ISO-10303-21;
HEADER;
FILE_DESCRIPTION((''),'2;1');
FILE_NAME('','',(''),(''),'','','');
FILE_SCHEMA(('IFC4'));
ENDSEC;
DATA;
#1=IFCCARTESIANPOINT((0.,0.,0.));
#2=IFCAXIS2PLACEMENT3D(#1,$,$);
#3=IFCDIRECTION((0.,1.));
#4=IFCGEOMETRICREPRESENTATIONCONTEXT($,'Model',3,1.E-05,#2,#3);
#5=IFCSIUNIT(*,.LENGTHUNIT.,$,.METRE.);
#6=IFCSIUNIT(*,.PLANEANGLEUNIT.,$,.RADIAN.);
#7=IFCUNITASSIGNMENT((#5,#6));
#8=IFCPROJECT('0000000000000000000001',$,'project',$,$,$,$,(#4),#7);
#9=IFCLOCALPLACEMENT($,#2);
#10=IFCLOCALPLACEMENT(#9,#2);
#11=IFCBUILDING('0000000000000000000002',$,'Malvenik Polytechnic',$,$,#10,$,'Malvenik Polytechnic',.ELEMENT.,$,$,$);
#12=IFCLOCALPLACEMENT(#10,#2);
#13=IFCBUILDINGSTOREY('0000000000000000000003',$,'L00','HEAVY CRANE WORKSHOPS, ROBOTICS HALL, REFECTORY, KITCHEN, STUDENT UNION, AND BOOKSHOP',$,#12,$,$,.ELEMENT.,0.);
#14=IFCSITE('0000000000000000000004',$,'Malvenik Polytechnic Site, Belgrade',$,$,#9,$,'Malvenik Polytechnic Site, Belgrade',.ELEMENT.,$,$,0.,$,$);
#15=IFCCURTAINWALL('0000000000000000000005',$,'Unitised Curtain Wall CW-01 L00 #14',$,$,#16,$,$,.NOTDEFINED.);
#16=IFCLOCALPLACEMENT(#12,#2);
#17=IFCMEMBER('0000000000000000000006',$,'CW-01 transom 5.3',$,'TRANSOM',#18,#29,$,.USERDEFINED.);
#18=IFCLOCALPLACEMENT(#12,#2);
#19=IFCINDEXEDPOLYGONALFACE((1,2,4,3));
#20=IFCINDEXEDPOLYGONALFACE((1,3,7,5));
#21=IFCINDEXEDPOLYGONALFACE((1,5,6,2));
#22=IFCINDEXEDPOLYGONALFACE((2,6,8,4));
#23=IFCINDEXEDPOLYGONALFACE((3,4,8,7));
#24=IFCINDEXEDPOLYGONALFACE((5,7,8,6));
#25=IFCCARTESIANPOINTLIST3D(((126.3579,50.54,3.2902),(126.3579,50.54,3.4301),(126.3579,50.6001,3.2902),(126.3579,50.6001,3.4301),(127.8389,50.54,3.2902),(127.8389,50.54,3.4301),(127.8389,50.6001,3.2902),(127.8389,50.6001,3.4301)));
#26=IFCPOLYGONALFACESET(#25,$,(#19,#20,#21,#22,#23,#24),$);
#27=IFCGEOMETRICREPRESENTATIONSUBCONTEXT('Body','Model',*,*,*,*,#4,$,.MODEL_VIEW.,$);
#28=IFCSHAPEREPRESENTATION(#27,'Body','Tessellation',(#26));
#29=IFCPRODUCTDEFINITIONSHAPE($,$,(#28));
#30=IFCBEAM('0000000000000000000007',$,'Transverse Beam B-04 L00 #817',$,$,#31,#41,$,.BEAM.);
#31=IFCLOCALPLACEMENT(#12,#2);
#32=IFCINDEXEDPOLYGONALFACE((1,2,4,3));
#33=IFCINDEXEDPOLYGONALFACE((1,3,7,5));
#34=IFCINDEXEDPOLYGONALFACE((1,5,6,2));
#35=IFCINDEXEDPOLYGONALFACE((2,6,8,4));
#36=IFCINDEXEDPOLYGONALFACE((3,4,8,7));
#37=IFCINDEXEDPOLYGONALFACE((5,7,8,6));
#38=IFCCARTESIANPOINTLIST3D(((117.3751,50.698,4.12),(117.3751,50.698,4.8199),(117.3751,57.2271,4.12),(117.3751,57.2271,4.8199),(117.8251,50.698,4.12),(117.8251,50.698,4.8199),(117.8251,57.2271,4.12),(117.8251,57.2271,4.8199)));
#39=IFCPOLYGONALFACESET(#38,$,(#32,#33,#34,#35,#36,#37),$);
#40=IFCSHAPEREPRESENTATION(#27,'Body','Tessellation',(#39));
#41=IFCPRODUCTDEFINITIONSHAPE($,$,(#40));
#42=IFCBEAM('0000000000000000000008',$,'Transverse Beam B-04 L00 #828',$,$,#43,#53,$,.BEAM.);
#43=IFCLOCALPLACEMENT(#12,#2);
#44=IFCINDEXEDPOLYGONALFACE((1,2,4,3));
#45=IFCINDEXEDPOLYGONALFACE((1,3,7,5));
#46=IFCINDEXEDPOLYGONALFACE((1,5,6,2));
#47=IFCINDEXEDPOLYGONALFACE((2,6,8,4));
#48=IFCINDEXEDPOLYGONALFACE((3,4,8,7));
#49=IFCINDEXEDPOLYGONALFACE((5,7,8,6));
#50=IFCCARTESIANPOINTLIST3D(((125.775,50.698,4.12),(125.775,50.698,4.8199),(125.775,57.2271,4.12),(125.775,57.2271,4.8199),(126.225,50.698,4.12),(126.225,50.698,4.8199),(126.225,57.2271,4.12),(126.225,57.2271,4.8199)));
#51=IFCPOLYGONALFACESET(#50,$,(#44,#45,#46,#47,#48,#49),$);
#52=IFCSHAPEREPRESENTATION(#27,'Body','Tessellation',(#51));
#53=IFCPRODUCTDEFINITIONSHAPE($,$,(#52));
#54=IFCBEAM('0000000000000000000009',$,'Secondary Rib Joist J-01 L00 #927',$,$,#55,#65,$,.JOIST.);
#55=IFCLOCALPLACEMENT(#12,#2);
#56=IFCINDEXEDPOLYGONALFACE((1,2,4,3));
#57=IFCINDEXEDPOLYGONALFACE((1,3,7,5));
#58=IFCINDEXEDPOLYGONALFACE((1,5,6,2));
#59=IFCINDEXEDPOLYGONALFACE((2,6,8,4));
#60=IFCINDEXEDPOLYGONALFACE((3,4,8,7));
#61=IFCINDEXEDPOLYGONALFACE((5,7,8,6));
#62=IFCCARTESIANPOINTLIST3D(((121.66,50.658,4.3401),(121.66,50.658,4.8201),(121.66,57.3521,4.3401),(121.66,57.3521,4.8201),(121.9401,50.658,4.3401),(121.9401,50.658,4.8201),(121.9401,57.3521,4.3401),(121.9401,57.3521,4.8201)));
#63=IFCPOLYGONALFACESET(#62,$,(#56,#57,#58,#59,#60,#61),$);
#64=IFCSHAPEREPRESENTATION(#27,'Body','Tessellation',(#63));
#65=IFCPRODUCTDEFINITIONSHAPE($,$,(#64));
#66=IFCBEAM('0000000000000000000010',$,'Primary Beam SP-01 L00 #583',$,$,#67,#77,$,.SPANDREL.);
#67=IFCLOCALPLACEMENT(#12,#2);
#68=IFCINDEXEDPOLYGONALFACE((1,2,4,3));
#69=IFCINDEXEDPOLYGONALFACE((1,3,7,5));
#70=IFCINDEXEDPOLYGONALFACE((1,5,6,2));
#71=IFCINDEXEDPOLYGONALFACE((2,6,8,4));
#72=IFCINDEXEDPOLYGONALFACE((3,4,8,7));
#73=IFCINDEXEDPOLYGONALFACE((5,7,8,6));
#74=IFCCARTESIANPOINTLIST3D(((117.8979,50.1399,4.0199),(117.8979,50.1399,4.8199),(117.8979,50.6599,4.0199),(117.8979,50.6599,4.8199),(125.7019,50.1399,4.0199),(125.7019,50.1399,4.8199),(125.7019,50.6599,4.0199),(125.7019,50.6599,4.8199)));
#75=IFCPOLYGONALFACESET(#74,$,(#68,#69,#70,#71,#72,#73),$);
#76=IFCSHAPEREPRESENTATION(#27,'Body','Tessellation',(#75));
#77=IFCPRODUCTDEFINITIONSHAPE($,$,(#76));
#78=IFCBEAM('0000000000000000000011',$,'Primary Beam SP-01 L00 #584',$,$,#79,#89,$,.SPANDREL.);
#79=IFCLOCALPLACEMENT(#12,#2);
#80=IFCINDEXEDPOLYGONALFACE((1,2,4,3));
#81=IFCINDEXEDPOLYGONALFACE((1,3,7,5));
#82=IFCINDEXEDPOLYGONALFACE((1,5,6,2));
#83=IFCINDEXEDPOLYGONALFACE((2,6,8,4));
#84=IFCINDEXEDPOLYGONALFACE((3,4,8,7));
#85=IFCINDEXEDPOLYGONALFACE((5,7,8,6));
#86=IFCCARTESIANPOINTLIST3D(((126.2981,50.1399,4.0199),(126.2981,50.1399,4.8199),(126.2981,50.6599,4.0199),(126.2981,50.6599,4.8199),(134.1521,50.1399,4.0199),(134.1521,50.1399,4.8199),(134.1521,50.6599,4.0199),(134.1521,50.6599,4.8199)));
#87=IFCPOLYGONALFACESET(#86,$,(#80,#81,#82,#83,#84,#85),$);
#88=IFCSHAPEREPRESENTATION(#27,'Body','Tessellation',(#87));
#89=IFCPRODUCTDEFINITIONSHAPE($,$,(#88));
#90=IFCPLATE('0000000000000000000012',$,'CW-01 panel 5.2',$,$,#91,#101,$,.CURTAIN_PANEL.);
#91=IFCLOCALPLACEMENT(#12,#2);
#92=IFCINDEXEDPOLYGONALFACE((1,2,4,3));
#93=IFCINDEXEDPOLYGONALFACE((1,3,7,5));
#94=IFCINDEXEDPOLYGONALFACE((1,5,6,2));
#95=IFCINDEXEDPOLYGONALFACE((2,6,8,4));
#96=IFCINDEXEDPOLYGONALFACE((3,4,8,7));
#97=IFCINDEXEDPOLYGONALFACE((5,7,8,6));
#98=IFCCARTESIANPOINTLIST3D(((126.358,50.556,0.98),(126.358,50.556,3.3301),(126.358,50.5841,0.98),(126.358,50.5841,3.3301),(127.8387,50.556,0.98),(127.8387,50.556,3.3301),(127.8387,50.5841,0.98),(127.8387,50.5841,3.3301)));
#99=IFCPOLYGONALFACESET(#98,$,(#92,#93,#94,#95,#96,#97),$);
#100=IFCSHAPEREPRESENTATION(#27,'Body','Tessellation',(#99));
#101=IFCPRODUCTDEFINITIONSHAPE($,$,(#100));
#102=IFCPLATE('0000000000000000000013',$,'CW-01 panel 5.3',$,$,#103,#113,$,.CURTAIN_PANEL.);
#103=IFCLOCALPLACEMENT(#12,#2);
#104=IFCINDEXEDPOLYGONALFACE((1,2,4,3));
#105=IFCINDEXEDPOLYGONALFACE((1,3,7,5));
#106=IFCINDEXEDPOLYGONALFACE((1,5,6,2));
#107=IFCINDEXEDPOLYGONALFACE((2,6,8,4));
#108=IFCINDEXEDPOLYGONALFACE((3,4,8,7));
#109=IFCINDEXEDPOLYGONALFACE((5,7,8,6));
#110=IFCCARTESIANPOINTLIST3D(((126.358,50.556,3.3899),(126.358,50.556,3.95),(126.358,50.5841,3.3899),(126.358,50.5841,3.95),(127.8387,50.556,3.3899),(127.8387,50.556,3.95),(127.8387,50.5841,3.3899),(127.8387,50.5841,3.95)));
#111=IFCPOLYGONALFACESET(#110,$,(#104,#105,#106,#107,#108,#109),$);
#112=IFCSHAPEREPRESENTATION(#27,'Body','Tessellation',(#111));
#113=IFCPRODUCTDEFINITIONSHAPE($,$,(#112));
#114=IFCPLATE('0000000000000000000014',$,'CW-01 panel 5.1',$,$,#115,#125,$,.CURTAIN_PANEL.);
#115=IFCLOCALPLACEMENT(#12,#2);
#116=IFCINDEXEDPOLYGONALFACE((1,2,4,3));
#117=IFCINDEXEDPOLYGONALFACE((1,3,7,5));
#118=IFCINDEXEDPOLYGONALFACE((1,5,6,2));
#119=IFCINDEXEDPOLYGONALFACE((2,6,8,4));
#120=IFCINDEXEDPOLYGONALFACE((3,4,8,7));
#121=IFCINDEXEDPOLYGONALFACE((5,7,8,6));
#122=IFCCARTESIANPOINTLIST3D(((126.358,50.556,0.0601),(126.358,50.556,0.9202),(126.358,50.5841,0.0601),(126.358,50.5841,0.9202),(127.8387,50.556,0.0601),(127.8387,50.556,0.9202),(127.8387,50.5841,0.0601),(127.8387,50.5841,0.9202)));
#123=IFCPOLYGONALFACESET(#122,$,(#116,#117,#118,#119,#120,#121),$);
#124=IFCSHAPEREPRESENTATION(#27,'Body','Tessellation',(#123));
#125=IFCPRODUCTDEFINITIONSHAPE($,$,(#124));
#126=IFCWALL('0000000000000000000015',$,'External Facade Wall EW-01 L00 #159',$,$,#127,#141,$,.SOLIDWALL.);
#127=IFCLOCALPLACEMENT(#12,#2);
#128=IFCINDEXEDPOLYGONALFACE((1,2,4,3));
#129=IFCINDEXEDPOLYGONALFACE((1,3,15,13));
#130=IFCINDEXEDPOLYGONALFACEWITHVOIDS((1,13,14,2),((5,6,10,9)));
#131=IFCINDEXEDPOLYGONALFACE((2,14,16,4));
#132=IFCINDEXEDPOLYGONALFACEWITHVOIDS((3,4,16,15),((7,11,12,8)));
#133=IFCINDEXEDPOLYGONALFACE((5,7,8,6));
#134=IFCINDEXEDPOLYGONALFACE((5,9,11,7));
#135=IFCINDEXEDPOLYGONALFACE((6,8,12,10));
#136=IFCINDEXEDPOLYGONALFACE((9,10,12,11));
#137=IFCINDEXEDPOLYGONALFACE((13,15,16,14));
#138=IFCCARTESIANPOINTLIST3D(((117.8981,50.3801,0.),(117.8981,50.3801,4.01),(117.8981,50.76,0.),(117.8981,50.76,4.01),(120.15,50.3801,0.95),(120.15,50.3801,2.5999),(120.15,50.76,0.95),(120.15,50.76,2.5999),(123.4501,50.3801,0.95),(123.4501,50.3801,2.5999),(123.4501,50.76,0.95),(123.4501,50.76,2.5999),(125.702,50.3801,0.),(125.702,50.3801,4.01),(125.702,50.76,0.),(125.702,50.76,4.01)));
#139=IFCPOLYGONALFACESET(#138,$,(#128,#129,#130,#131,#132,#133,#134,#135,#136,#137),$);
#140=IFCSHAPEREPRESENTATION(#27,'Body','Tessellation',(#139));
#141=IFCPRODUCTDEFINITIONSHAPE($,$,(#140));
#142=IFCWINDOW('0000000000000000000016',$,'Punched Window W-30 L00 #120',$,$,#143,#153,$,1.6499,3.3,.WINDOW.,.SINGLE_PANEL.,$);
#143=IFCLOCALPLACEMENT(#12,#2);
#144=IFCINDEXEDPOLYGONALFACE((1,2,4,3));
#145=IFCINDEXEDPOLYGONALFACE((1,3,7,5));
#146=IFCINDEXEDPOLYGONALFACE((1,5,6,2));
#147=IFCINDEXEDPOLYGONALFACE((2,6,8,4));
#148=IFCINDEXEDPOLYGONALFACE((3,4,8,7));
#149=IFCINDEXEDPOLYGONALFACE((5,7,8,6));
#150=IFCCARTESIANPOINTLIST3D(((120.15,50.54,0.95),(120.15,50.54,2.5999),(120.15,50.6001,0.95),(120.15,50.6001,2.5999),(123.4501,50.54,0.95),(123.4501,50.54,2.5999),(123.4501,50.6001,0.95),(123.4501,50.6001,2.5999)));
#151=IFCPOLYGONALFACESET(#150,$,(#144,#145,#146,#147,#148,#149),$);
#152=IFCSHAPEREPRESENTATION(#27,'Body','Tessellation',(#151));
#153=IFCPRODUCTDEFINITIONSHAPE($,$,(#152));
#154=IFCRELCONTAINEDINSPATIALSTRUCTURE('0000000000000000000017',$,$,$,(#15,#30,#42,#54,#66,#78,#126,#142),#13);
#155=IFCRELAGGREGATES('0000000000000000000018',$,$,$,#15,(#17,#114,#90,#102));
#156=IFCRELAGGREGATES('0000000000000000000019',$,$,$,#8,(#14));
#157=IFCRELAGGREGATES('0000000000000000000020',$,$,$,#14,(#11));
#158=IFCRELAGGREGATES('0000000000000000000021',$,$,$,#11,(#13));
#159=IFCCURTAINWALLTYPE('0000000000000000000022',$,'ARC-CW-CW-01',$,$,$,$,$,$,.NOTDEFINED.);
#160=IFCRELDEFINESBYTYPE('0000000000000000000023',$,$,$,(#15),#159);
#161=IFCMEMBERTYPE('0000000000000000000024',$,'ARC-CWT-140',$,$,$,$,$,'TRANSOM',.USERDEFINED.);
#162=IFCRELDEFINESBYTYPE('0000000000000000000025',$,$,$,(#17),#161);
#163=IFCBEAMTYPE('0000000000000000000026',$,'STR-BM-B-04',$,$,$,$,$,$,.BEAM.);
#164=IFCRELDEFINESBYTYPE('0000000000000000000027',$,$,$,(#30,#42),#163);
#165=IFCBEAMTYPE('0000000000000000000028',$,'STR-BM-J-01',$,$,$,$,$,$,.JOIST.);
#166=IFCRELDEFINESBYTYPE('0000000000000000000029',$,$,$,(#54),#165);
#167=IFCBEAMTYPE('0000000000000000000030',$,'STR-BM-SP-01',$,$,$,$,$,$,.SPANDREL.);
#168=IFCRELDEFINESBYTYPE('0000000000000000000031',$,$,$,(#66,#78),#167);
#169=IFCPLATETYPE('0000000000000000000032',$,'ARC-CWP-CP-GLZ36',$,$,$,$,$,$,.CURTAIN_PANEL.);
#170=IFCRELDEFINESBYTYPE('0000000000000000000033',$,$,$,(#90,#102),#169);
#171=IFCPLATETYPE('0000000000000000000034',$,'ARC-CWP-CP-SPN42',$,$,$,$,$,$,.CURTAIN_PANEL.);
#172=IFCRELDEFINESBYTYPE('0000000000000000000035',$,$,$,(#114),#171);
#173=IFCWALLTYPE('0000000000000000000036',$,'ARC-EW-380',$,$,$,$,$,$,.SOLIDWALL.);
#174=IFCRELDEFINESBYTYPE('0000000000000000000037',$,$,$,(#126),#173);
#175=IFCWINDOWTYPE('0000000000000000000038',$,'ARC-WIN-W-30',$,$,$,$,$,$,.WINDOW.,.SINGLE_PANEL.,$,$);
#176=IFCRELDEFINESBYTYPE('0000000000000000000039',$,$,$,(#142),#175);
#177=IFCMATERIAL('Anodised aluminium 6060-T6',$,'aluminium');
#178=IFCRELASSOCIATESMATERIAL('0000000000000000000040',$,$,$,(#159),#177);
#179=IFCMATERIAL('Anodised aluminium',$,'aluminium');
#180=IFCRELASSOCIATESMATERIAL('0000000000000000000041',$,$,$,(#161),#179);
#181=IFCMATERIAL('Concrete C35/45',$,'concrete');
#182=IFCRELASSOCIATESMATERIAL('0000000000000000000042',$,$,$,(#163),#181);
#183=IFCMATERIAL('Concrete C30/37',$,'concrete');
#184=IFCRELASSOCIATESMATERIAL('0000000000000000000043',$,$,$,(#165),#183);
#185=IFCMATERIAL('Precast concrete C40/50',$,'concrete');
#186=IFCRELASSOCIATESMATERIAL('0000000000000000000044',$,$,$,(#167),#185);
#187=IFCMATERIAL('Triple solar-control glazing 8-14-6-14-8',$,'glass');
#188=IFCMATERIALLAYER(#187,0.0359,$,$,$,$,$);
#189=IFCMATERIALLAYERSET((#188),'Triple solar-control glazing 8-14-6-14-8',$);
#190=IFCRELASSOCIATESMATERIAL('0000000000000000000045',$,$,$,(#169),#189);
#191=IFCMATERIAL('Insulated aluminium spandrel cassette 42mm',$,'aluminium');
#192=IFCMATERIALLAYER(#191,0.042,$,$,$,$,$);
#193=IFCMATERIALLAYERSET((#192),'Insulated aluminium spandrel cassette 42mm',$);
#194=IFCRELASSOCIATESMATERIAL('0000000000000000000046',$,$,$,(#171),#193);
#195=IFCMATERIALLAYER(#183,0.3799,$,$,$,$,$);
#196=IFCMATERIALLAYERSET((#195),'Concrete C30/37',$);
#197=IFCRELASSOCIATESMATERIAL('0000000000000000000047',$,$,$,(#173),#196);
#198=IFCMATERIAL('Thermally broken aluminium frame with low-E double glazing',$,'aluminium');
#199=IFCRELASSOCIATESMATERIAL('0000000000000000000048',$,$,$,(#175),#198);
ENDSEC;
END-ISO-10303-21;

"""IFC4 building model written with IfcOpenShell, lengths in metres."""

from ifc_helpers import new_model, si_unit, direction, frame, frame_2d, origin, origin_2d, place, context, subcontext, project, spatial, rectangle, extrude, material, layer, layer_set, material_profile, profile_set, type_object, element, fill, aggregate, save


model = new_model("IFC4")

# Units and contexts
model_context = context("Model", 3, precision=1e-05, world=origin(), true_north=direction((0.0, 1.0)))
body_context = subcontext(model_context, "Body", "Model", "MODEL_VIEW")
ifc_project = project(units=[si_unit("LENGTHUNIT", "METRE"), si_unit("PLANEANGLEUNIT", "RADIAN")], contexts=[model_context])

# Site, building, storey
site_placement = place(None, origin())
site = spatial("IfcSite", under=ifc_project, at=site_placement, Name="Malvenik Polytechnic Site, Belgrade", LongName="Malvenik Polytechnic Site, Belgrade", CompositionType="ELEMENT", RefElevation=0.0)
building_placement = place(site_placement, origin())
building = spatial("IfcBuilding", under=site, at=building_placement, Name="Malvenik Polytechnic", LongName="Malvenik Polytechnic", CompositionType="ELEMENT")
storey_placement = place(building_placement, origin())
storey = spatial("IfcBuildingStorey", under=building, at=storey_placement, Name="L00", Description="HEAVY CRANE WORKSHOPS, ROBOTICS HALL, REFECTORY, KITCHEN, STUDENT UNION, AND BOOKSHOP", CompositionType="ELEMENT", Elevation=0.0)

# Shared definitions
ifc_material_1 = material(Name="Concrete C35/45", Category="concrete")

# Curtain wall, member
ifc_material_2 = material(Name="Anodised aluminium 6060-T6", Category="aluminium")
curtain_wall_type = type_object("IfcCurtainWallType", Name="ARC-CW-CW-01", PredefinedType="NOTDEFINED", material=ifc_material_2)
curtain_wall_placement = place(storey_placement, origin())
curtain_wall = element("IfcCurtainWall", 1, at=curtain_wall_placement, inside=storey, type_object=curtain_wall_type, Name="Unitised Curtain Wall CW-01 L00 #14", PredefinedType="NOTDEFINED")
ifc_material_3 = material(Name="Anodised aluminium", Category="aluminium")
ifc_material_profile_1 = material_profile(ifc_material_3, rectangle(XDim=0.0601, YDim=0.1399, at=origin_2d()), Name="ALU TRANSOM 60x140")
ifc_profile_set_1 = profile_set([ifc_material_profile_1], Name="Anodised aluminium")
member_type_1 = type_object("IfcMemberType", Name="ARC-CWT-140", ElementType="TRANSOM", PredefinedType="USERDEFINED", material=ifc_profile_set_1)
member_1_placement = place(storey_placement, frame((127.8389, 50.5701, 3.3601), z_axis=(-1.0, 0.0, 0.0), x_axis=(0.0, -1.0, 0.0)))
member_1 = element("IfcMember", 2, at=member_1_placement, type_object=member_type_1, Name="CW-01 transom 5.3", ObjectType="TRANSOM", PredefinedType="USERDEFINED", context=body_context, shape_type="SweptSolid", body=[
    extrude(rectangle(XDim=0.0601, YDim=0.1399, at=origin_2d()), origin(), (0.0, 0.0, 1.0), 1.481),
])

# Beams
ifc_material_profile_2 = material_profile(ifc_material_1, rectangle(XDim=0.45, YDim=0.7, at=origin_2d()), Name="RC BM 450x700")
ifc_profile_set_2 = profile_set([ifc_material_profile_2], Name="Concrete C35/45")
beam_type_1 = type_object("IfcBeamType", Name="STR-BM-B-04", PredefinedType="BEAM", material=ifc_profile_set_2)
for number, where, z_axis, x_axis, name in (
    (3, (117.6001, 50.698, 4.47), (0.0, 1.0, 0.0), (-1.0, 0.0, 0.0), "Transverse Beam B-04 L00 #817"),
    (4, (126.0, 50.698, 4.47), (0.0, 1.0, 0.0), (-1.0, 0.0, 0.0), "Transverse Beam B-04 L00 #828"),
):
    element("IfcBeam", number, at=place(storey_placement, frame(where, z_axis=z_axis, x_axis=x_axis)), inside=storey, type_object=beam_type_1, Name=name, PredefinedType="BEAM", context=body_context, shape_type="SweptSolid", body=[
        extrude(rectangle(XDim=0.45, YDim=0.7, at=origin_2d()), origin(), (0.0, 0.0, 1.0), 6.5291),
    ])
ifc_material_4 = material(Name="Concrete C30/37", Category="concrete")
ifc_material_profile_3 = material_profile(ifc_material_4, rectangle(XDim=0.28, YDim=0.48, at=origin_2d()), Name="RC JST 280x480")
ifc_profile_set_3 = profile_set([ifc_material_profile_3], Name="Concrete C30/37")
beam_type_2 = type_object("IfcBeamType", Name="STR-BM-J-01", PredefinedType="JOIST", material=ifc_profile_set_3)
beam_1_placement = place(storey_placement, frame((121.8, 50.658, 4.5801), z_axis=(0.0, 1.0, 0.0), x_axis=(-1.0, 0.0, 0.0)))
element("IfcBeam", 5, at=beam_1_placement, inside=storey, type_object=beam_type_2, Name="Secondary Rib Joist J-01 L00 #927", PredefinedType="JOIST", context=body_context, shape_type="SweptSolid", body=[
    extrude(rectangle(XDim=0.28, YDim=0.48, at=origin_2d()), origin(), (0.0, 0.0, 1.0), 6.6941),
])
ifc_material_5 = material(Name="Precast concrete C40/50", Category="concrete")
ifc_material_profile_4 = material_profile(ifc_material_5, rectangle(XDim=0.52, YDim=0.8, at=origin_2d()), Name="PC SPN 520x800")
ifc_profile_set_4 = profile_set([ifc_material_profile_4], Name="Precast concrete C40/50")
beam_type_3 = type_object("IfcBeamType", Name="STR-BM-SP-01", PredefinedType="SPANDREL", material=ifc_profile_set_4)
beam_2_placement = place(storey_placement, frame((117.8979, 50.3999, 4.4199), z_axis=(1.0, 0.0, 0.0), x_axis=(0.0, 1.0, 0.0)))
element("IfcBeam", 6, at=beam_2_placement, inside=storey, type_object=beam_type_3, Name="Primary Beam SP-01 L00 #583", PredefinedType="SPANDREL", context=body_context, shape_type="SweptSolid", body=[
    extrude(rectangle(XDim=0.52, YDim=0.8, at=origin_2d()), origin(), (0.0, 0.0, 1.0), 7.804),
])
beam_3_placement = place(storey_placement, frame((126.2981, 50.3999, 4.4199), z_axis=(1.0, 0.0, 0.0), x_axis=(0.0, 1.0, 0.0)))
element("IfcBeam", 7, at=beam_3_placement, inside=storey, type_object=beam_type_3, Name="Primary Beam SP-01 L00 #584", PredefinedType="SPANDREL", context=body_context, shape_type="SweptSolid", body=[
    extrude(rectangle(XDim=0.52, YDim=0.8, at=origin_2d()), origin(), (0.0, 0.0, 1.0), 7.854),
])

# Plates
ifc_material_6 = material(Name="Triple solar-control glazing 8-14-6-14-8", Category="glass")
ifc_layer_1 = layer(ifc_material_6, 0.0359)
ifc_layer_set_1 = layer_set([ifc_layer_1], Name="Triple solar-control glazing 8-14-6-14-8")
plate_type_1 = type_object("IfcPlateType", Name="ARC-CWP-CP-GLZ36", PredefinedType="CURTAIN_PANEL", material=ifc_layer_set_1)
plate_1_placement = place(storey_placement, frame((127.0984, 50.5701, 0.98), z_axis=(0.0, 0.0, 1.0), x_axis=(-1.0, 0.0, 0.0)))
plate_1 = element("IfcPlate", 8, at=plate_1_placement, type_object=plate_type_1, Name="CW-01 panel 5.2", PredefinedType="CURTAIN_PANEL", context=body_context, shape_type="SweptSolid", body=[
    extrude(rectangle(XDim=1.4807, YDim=0.0281, at=origin_2d()), origin(), (0.0, 0.0, 1.0), 2.3501),
])
plate_2_placement = place(storey_placement, frame((127.0984, 50.5701, 3.3899), z_axis=(0.0, 0.0, 1.0), x_axis=(-1.0, 0.0, 0.0)))
plate_2 = element("IfcPlate", 9, at=plate_2_placement, type_object=plate_type_1, Name="CW-01 panel 5.3", PredefinedType="CURTAIN_PANEL", context=body_context, shape_type="SweptSolid", body=[
    extrude(rectangle(XDim=1.4807, YDim=0.0281, at=origin_2d()), origin(), (0.0, 0.0, 1.0), 0.5601),
])
ifc_material_7 = material(Name="Insulated aluminium spandrel cassette 42mm", Category="aluminium")
ifc_layer_2 = layer(ifc_material_7, 0.042)
ifc_layer_set_2 = layer_set([ifc_layer_2], Name="Insulated aluminium spandrel cassette 42mm")
plate_type_2 = type_object("IfcPlateType", Name="ARC-CWP-CP-SPN42", PredefinedType="CURTAIN_PANEL", material=ifc_layer_set_2)
plate_3_placement = place(storey_placement, frame((127.0984, 50.5701, 0.0601), z_axis=(0.0, 0.0, 1.0), x_axis=(-1.0, 0.0, 0.0)))
plate_3 = element("IfcPlate", 10, at=plate_3_placement, type_object=plate_type_2, Name="CW-01 panel 5.1", PredefinedType="CURTAIN_PANEL", context=body_context, shape_type="SweptSolid", body=[
    extrude(rectangle(XDim=1.4807, YDim=0.0281, at=origin_2d()), origin(), (0.0, 0.0, 1.0), 0.8601),
])
aggregate(curtain_wall, [member_1, plate_3, plate_1, plate_2])

# Wall, opening, window
ifc_layer_3 = layer(ifc_material_4, 0.3799)
ifc_layer_set_3 = layer_set([ifc_layer_3], Name="Concrete C30/37")
wall_type = type_object("IfcWallType", Name="ARC-EW-380", PredefinedType="SOLIDWALL", material=ifc_layer_set_3)
wall_1_placement = place(storey_placement, frame((125.7019, 50.5701, 0.0), z_axis=(0.0, 0.0, 1.0), x_axis=(-1.0, 0.0, 0.0)))
wall_1 = element("IfcWall", 11, at=wall_1_placement, inside=storey, type_object=wall_type, Name="External Facade Wall EW-01 L00 #159", PredefinedType="SOLIDWALL", context=body_context, shape_type="SweptSolid", body=[
    extrude(rectangle(XDim=7.804, YDim=0.3799, at=frame_2d((3.9019, 0.0))), origin(), (0.0, 0.0, 1.0), 4.01),
])
opening_1_placement = place(wall_1_placement, frame((2.252, 0.0, 0.95)))
opening_1 = element("IfcOpeningElement", 12, at=opening_1_placement, cuts=wall_1, PredefinedType="OPENING", context=body_context, shape_type="SweptSolid", body=[
    extrude(rectangle(XDim=3.3, YDim=1.6499, at=frame_2d((1.6499, 0.825))), frame((0.0, 0.2, 0.0), z_axis=(0.0, -1.0, 0.0), x_axis=(1.0, 0.0, 0.0)), (0.0, 0.0, 1.0), 0.3999),
])
ifc_material_8 = material(Name="Thermally broken aluminium frame with low-E double glazing", Category="aluminium")
window_type = type_object("IfcWindowType", Name="ARC-WIN-W-30", PartitioningType="SINGLE_PANEL", PredefinedType="WINDOW", material=ifc_material_8)
window_placement = place(opening_1_placement, origin())
window = element("IfcWindow", 13, at=window_placement, inside=storey, type_object=window_type, Name="Punched Window W-30 L00 #120", OverallHeight=1.6499, OverallWidth=3.3, PartitioningType="SINGLE_PANEL", PredefinedType="WINDOW", context=body_context, shape_type="SweptSolid", body=[
    extrude(rectangle(XDim=3.3, YDim=1.6499, at=frame_2d((1.6499, 0.825))), frame((0.0, 0.03, 0.0), z_axis=(0.0, -1.0, 0.0), x_axis=(1.0, 0.0, 0.0)), (0.0, 0.0, 1.0), 0.0601),
])
fill(opening_1, window)

save(model, "model.ifc")
